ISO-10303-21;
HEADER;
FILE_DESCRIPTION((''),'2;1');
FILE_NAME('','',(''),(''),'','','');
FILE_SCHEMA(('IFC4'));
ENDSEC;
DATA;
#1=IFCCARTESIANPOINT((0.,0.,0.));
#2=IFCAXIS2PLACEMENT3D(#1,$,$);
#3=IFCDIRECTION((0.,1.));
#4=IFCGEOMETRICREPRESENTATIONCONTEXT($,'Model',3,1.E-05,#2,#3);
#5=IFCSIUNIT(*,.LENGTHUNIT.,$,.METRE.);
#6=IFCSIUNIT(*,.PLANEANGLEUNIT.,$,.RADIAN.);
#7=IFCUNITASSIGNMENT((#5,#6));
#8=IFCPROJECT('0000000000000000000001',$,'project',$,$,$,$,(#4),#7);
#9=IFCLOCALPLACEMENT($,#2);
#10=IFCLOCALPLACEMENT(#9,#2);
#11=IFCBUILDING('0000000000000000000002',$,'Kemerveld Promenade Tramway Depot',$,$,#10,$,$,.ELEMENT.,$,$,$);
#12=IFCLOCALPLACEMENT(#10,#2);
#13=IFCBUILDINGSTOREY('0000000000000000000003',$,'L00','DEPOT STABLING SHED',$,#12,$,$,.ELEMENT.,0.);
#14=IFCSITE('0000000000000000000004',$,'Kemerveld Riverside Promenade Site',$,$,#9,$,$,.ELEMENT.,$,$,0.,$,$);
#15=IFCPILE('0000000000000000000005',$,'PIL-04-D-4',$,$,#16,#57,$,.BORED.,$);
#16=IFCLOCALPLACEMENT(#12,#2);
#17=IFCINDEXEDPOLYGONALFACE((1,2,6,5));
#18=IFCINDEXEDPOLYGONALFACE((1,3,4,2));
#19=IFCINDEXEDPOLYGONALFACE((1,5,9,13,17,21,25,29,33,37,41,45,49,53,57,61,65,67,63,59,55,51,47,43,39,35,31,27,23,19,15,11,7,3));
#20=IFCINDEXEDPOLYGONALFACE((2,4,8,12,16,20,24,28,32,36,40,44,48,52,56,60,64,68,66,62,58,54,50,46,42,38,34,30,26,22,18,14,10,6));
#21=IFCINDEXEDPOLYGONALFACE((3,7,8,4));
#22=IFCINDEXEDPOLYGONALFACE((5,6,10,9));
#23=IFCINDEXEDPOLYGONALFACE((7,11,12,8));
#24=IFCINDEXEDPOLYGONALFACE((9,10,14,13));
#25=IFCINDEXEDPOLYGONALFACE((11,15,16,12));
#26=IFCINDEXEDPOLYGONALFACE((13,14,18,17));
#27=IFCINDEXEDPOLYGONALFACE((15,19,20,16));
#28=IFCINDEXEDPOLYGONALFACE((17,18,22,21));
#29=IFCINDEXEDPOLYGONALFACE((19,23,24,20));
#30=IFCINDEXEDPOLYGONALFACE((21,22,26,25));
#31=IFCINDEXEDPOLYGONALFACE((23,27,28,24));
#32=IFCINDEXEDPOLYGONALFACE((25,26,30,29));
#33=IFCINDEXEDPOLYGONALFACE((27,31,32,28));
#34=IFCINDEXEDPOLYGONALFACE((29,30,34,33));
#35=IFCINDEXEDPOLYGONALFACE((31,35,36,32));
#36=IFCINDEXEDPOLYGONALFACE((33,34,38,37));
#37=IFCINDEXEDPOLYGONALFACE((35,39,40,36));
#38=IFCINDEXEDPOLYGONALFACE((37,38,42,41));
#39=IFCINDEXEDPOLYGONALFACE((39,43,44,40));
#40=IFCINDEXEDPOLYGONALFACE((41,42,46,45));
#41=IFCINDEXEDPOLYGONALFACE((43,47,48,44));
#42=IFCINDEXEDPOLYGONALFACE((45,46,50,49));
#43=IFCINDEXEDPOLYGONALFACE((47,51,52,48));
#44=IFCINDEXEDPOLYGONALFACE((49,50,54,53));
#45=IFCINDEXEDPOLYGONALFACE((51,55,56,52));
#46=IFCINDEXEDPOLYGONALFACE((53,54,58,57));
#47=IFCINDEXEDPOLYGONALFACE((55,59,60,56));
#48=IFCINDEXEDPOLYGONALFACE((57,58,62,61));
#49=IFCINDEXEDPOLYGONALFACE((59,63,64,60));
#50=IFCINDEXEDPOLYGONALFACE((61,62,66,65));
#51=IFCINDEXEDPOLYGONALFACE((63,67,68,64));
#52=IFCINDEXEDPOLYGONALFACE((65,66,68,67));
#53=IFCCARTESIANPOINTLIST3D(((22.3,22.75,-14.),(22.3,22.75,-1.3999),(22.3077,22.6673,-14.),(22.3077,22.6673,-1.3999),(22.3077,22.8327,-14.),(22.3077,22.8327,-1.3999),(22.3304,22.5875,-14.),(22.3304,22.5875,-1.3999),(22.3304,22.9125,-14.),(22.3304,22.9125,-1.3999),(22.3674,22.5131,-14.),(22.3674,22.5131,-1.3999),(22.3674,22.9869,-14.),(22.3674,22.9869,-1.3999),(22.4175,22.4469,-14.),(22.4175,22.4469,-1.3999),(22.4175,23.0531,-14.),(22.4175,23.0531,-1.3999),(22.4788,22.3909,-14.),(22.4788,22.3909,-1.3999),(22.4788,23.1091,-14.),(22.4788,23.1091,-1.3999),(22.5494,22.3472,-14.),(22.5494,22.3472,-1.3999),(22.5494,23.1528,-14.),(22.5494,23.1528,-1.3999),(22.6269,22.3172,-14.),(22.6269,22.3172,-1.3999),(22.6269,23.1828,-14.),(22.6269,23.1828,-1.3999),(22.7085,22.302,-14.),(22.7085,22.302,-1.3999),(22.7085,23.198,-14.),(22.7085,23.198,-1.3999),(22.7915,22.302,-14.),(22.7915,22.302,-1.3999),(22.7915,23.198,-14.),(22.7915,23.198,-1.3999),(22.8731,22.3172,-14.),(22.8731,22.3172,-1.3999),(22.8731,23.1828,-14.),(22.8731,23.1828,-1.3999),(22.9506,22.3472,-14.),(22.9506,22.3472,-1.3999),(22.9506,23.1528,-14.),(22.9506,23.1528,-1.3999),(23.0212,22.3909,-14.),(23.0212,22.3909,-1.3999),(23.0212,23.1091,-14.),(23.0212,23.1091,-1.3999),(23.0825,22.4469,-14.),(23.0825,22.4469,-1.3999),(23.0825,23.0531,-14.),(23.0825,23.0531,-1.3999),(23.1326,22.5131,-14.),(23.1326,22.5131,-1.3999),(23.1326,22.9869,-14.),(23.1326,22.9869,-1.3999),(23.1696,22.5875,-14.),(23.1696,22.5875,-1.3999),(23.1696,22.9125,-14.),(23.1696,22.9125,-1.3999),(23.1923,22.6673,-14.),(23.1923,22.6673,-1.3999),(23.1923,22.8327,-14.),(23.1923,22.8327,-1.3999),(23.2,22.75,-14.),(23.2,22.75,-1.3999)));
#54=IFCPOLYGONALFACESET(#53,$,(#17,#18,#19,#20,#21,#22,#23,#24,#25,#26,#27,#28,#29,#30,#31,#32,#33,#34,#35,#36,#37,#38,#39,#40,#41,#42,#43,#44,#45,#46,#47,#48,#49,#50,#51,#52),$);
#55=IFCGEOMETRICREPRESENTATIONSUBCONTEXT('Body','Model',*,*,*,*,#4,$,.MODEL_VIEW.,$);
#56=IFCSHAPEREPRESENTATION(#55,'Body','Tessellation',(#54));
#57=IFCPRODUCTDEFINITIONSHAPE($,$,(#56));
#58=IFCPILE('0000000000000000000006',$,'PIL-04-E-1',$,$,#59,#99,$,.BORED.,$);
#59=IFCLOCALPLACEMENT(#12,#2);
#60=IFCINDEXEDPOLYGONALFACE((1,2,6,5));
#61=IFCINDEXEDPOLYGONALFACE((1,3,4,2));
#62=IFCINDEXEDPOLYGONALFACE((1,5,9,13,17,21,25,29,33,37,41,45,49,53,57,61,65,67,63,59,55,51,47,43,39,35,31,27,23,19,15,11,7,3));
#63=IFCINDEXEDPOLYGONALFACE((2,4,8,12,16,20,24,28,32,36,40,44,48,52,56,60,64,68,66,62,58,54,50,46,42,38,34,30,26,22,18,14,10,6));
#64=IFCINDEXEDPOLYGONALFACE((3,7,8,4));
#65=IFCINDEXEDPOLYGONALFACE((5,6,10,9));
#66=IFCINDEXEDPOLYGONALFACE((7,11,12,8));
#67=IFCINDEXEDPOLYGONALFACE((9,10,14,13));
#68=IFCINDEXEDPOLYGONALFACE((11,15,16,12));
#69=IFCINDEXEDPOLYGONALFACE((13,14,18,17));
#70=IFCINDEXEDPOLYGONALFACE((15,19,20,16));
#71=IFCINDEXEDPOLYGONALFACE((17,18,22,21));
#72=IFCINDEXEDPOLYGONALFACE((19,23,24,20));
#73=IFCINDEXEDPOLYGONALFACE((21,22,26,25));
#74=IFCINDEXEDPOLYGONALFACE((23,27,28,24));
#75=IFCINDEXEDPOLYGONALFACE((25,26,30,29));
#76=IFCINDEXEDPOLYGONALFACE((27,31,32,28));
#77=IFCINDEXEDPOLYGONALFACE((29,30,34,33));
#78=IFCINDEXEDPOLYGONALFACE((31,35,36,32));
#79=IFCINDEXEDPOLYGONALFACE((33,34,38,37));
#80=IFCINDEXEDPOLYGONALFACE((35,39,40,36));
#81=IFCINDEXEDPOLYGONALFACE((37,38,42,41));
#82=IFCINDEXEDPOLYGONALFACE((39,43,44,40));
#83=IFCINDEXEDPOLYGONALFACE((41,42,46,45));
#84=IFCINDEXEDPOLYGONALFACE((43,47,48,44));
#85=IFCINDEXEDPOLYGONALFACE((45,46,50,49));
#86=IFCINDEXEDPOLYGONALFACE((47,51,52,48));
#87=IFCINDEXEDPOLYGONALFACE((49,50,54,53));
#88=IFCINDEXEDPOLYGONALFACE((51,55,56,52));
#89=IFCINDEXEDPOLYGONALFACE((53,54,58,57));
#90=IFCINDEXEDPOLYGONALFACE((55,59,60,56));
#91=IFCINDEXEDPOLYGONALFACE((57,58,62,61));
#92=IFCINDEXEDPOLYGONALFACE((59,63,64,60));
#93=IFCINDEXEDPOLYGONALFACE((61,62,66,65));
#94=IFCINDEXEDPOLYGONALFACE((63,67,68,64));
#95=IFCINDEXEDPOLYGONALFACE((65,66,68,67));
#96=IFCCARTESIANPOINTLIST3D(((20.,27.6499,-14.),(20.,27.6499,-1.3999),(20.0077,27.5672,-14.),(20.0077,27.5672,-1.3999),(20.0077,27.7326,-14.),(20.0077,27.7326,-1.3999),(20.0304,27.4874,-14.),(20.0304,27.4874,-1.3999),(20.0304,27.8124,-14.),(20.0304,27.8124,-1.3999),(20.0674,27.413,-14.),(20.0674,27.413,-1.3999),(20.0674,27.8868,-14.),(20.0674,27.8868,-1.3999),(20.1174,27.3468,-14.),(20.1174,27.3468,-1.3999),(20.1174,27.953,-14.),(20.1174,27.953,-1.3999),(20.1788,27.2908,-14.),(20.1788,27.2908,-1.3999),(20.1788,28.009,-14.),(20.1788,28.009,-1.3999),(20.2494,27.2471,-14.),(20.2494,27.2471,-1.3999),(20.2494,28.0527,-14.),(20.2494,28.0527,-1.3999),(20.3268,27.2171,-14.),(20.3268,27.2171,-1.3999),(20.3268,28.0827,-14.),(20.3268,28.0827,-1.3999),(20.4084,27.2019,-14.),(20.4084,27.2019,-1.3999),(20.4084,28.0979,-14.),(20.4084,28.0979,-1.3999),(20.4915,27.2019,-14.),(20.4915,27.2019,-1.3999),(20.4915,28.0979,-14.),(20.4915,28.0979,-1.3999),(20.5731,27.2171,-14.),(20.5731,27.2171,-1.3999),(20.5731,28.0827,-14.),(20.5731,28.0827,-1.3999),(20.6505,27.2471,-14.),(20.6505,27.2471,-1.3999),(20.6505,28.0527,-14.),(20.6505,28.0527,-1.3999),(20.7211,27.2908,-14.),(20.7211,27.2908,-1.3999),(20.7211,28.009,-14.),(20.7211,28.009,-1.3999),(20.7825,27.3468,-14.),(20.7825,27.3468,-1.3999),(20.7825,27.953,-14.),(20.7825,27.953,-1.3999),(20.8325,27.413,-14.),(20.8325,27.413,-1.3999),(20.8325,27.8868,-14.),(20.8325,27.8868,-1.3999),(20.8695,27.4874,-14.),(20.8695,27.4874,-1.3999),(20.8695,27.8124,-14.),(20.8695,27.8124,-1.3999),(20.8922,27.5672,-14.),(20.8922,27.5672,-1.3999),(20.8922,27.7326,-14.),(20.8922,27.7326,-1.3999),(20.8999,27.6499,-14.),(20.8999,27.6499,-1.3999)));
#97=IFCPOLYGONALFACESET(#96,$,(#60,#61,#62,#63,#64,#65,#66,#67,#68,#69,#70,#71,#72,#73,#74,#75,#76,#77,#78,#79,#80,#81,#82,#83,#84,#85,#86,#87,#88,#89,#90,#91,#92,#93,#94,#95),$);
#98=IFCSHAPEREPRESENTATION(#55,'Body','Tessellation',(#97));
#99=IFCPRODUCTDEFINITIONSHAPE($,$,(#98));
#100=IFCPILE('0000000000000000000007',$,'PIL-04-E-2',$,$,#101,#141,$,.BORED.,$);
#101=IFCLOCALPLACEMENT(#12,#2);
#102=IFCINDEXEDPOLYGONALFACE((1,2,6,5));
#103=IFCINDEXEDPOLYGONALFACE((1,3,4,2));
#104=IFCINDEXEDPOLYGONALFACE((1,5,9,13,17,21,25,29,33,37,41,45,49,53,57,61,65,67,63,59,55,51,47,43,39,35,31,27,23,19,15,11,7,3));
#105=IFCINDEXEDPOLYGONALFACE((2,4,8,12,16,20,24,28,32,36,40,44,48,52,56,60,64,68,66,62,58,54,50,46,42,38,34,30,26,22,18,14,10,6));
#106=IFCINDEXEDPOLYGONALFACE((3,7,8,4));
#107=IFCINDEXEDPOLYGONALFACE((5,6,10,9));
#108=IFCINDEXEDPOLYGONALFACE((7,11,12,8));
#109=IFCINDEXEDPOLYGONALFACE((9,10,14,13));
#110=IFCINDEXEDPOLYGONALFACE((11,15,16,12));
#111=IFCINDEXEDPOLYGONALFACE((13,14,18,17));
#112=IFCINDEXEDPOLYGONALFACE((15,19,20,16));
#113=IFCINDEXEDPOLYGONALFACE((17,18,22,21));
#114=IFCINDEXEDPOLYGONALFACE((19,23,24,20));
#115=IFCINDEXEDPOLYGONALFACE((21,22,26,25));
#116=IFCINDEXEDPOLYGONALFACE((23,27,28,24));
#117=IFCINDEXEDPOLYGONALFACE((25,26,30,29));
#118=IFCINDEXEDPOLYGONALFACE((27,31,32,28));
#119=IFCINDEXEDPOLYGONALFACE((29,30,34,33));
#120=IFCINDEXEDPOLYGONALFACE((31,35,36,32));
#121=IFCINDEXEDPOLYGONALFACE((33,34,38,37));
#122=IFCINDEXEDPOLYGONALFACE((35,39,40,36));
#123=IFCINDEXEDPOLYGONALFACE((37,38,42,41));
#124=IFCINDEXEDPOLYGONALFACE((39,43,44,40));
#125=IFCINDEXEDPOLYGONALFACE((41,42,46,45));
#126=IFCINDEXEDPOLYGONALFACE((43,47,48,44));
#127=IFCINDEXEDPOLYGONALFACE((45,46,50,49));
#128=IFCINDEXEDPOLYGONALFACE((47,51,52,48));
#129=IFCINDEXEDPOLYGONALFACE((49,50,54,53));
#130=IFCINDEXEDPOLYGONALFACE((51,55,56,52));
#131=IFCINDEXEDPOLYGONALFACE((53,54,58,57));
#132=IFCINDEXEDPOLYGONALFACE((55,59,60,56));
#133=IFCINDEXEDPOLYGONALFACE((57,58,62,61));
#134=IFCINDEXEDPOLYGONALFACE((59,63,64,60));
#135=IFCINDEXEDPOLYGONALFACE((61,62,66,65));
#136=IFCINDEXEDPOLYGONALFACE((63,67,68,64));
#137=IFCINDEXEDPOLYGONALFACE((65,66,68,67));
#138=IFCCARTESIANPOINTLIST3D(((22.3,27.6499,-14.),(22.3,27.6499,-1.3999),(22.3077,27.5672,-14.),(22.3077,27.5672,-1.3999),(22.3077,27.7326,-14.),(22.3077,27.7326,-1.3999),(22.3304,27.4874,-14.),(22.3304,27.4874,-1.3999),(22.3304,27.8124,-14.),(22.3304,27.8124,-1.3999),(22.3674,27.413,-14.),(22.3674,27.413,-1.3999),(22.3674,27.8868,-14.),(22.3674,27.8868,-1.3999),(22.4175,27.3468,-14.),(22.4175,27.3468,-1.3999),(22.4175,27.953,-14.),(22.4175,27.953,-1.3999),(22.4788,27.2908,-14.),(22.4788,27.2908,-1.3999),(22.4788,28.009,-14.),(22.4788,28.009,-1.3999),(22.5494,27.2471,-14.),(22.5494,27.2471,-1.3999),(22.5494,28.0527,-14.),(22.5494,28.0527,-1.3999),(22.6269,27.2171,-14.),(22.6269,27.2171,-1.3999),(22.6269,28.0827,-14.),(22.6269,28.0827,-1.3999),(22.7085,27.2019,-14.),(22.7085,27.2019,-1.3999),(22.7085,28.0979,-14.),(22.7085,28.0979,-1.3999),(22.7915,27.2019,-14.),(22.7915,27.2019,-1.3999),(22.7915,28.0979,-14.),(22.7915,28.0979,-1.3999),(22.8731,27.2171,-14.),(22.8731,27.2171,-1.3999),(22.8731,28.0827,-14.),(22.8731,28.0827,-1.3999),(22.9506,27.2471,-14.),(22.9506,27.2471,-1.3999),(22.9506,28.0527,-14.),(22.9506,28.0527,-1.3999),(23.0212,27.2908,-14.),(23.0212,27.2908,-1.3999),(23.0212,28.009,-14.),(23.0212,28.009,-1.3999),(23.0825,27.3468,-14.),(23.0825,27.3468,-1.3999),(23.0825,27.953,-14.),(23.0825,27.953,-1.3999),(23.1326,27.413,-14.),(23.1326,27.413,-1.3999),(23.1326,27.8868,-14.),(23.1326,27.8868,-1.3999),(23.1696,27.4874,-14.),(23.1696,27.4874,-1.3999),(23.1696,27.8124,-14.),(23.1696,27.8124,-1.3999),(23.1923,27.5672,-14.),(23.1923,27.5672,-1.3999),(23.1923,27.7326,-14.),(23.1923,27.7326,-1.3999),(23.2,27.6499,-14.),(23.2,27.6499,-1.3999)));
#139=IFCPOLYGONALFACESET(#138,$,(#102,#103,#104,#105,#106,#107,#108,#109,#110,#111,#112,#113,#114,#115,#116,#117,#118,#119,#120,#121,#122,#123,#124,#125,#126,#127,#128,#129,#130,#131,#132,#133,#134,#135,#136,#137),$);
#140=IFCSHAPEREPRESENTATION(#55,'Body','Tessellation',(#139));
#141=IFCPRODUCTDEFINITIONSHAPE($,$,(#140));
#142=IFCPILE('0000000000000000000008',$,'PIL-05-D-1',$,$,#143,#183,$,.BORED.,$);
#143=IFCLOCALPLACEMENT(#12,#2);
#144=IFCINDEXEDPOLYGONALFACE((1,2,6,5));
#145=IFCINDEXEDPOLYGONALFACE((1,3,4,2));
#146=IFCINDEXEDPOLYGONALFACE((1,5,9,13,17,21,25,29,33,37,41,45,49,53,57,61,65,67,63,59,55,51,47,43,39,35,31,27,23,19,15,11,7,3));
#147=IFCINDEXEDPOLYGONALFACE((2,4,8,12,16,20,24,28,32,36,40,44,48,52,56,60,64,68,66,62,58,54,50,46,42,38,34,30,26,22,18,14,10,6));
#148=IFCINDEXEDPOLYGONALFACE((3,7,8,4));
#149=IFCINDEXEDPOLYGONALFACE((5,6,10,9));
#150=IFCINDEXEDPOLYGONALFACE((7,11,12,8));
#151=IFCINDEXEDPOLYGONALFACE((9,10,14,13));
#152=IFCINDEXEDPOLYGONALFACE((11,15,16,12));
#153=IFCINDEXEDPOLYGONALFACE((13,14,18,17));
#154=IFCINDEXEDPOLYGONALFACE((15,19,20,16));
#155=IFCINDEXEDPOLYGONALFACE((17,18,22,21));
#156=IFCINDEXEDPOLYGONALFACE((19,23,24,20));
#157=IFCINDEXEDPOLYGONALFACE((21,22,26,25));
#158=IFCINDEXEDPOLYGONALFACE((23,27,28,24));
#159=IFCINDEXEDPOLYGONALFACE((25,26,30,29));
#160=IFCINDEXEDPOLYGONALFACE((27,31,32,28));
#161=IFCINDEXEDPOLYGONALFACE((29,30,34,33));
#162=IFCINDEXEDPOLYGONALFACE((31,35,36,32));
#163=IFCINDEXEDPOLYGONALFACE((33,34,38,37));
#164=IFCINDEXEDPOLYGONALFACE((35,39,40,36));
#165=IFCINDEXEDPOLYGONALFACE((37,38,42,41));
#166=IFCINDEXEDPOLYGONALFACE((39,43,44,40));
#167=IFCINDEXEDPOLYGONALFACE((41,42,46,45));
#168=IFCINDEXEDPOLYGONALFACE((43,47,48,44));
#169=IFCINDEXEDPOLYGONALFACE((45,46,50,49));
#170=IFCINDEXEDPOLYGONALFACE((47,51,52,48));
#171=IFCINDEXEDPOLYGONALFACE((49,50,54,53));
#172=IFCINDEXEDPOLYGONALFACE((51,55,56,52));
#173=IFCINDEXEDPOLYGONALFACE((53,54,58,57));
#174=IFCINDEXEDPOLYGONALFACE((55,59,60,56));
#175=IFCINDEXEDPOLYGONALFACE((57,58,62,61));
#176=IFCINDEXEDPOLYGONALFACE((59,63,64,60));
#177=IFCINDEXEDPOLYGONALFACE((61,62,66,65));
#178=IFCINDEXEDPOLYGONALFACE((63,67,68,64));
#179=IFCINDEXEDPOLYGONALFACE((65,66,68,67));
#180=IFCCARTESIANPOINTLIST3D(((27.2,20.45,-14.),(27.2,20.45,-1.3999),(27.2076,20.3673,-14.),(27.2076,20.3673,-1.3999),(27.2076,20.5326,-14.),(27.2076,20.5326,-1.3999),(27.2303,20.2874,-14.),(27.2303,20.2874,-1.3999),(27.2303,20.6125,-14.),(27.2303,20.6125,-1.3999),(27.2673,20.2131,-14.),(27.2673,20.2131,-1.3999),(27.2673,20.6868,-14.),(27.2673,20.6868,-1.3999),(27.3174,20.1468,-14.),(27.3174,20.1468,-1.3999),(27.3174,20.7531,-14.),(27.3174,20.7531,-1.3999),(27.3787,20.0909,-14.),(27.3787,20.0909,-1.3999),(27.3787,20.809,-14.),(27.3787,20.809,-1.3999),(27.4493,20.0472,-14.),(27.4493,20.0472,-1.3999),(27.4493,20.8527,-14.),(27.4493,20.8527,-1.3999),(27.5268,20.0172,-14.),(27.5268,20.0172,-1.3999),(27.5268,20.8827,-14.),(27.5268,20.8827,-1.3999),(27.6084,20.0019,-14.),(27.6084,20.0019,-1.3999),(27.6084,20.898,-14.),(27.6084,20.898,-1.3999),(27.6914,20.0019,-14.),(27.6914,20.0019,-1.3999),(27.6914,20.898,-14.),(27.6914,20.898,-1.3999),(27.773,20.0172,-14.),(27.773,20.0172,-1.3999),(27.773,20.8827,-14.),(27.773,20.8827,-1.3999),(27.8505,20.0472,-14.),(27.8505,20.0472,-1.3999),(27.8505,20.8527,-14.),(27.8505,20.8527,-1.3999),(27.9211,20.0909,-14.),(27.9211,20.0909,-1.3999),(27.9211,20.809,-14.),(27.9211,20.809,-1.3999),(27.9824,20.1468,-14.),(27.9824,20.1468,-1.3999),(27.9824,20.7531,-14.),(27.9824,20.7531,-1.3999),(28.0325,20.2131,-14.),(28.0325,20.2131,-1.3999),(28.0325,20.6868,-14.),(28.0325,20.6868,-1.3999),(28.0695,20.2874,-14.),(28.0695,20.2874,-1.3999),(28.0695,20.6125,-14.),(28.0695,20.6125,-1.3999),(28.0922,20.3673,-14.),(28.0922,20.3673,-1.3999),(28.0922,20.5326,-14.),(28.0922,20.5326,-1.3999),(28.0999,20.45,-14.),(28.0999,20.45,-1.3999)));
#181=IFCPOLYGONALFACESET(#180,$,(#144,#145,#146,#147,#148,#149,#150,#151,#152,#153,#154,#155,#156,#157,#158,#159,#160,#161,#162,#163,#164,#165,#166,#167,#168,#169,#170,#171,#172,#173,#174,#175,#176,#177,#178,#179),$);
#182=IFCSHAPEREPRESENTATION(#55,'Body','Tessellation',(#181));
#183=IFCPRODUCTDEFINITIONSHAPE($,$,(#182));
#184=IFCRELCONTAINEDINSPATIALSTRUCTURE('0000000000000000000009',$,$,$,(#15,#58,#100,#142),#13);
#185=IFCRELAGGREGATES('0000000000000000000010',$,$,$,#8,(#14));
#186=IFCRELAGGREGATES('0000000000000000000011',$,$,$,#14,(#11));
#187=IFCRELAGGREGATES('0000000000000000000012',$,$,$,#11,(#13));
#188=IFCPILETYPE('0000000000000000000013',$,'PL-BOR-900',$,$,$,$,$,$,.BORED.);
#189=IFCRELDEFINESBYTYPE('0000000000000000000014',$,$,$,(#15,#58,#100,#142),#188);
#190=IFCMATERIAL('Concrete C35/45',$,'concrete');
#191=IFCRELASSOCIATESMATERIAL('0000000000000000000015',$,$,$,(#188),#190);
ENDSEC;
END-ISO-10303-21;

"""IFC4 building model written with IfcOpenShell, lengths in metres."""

from ifc_helpers import new_model, si_unit, direction, frame, origin, origin_2d, place, context, subcontext, project, spatial, circle, extrude, material, material_profile, profile_set, type_object, element, save


model = new_model("IFC4")

# Units and contexts
model_context = context("Model", 3, precision=1e-05, world=origin(), true_north=direction((0.0, 1.0)))
body_context = subcontext(model_context, "Body", "Model", "MODEL_VIEW")
ifc_project = project(units=[si_unit("LENGTHUNIT", "METRE"), si_unit("PLANEANGLEUNIT", "RADIAN")], contexts=[model_context])

# Site, building, storey
site_placement = place(None, origin())
site = spatial("IfcSite", under=ifc_project, at=site_placement, Name="Kemerveld Riverside Promenade Site", CompositionType="ELEMENT", RefElevation=0.0)
building_placement = place(site_placement, origin())
building = spatial("IfcBuilding", under=site, at=building_placement, Name="Kemerveld Promenade Tramway Depot", CompositionType="ELEMENT")
storey_placement = place(building_placement, origin())
storey = spatial("IfcBuildingStorey", under=building, at=storey_placement, Name="L00", Description="DEPOT STABLING SHED", CompositionType="ELEMENT", Elevation=0.0)

# Shared definitions
ifc_material_1 = material(Name="Concrete C35/45", Category="concrete")

# Piles
ifc_material_profile_1 = material_profile(ifc_material_1, circle(Radius=0.45, at=origin_2d()), Name="PILE-D900")
ifc_profile_set_1 = profile_set([ifc_material_profile_1], Name="Concrete C35/45")
pile_type = type_object("IfcPileType", Name="PL-BOR-900", PredefinedType="BORED", material=ifc_profile_set_1)
for number, where, z_axis, x_axis, name in (
    (1, (22.75, 22.75, -1.3999), (0.0, 0.0, -1.0), (1.0, 0.0, 0.0), "PIL-04-D-4"),
    (2, (20.45, 27.6499, -1.3999), (0.0, 0.0, -1.0), (1.0, 0.0, 0.0), "PIL-04-E-1"),
    (3, (22.75, 27.6499, -1.3999), (0.0, 0.0, -1.0), (1.0, 0.0, 0.0), "PIL-04-E-2"),
    (4, (27.6499, 20.45, -1.3999), (0.0, 0.0, -1.0), (1.0, 0.0, 0.0), "PIL-05-D-1"),
):
    element("IfcPile", number, at=place(storey_placement, frame(where, z_axis=z_axis, x_axis=x_axis)), inside=storey, type_object=pile_type, Name=name, PredefinedType="BORED", context=body_context, shape_type="SweptSolid", body=[
        extrude(circle(Radius=0.45, at=origin_2d()), origin(), (0.0, 0.0, 1.0), 12.6001),
    ])

save(model, "model.ifc")
